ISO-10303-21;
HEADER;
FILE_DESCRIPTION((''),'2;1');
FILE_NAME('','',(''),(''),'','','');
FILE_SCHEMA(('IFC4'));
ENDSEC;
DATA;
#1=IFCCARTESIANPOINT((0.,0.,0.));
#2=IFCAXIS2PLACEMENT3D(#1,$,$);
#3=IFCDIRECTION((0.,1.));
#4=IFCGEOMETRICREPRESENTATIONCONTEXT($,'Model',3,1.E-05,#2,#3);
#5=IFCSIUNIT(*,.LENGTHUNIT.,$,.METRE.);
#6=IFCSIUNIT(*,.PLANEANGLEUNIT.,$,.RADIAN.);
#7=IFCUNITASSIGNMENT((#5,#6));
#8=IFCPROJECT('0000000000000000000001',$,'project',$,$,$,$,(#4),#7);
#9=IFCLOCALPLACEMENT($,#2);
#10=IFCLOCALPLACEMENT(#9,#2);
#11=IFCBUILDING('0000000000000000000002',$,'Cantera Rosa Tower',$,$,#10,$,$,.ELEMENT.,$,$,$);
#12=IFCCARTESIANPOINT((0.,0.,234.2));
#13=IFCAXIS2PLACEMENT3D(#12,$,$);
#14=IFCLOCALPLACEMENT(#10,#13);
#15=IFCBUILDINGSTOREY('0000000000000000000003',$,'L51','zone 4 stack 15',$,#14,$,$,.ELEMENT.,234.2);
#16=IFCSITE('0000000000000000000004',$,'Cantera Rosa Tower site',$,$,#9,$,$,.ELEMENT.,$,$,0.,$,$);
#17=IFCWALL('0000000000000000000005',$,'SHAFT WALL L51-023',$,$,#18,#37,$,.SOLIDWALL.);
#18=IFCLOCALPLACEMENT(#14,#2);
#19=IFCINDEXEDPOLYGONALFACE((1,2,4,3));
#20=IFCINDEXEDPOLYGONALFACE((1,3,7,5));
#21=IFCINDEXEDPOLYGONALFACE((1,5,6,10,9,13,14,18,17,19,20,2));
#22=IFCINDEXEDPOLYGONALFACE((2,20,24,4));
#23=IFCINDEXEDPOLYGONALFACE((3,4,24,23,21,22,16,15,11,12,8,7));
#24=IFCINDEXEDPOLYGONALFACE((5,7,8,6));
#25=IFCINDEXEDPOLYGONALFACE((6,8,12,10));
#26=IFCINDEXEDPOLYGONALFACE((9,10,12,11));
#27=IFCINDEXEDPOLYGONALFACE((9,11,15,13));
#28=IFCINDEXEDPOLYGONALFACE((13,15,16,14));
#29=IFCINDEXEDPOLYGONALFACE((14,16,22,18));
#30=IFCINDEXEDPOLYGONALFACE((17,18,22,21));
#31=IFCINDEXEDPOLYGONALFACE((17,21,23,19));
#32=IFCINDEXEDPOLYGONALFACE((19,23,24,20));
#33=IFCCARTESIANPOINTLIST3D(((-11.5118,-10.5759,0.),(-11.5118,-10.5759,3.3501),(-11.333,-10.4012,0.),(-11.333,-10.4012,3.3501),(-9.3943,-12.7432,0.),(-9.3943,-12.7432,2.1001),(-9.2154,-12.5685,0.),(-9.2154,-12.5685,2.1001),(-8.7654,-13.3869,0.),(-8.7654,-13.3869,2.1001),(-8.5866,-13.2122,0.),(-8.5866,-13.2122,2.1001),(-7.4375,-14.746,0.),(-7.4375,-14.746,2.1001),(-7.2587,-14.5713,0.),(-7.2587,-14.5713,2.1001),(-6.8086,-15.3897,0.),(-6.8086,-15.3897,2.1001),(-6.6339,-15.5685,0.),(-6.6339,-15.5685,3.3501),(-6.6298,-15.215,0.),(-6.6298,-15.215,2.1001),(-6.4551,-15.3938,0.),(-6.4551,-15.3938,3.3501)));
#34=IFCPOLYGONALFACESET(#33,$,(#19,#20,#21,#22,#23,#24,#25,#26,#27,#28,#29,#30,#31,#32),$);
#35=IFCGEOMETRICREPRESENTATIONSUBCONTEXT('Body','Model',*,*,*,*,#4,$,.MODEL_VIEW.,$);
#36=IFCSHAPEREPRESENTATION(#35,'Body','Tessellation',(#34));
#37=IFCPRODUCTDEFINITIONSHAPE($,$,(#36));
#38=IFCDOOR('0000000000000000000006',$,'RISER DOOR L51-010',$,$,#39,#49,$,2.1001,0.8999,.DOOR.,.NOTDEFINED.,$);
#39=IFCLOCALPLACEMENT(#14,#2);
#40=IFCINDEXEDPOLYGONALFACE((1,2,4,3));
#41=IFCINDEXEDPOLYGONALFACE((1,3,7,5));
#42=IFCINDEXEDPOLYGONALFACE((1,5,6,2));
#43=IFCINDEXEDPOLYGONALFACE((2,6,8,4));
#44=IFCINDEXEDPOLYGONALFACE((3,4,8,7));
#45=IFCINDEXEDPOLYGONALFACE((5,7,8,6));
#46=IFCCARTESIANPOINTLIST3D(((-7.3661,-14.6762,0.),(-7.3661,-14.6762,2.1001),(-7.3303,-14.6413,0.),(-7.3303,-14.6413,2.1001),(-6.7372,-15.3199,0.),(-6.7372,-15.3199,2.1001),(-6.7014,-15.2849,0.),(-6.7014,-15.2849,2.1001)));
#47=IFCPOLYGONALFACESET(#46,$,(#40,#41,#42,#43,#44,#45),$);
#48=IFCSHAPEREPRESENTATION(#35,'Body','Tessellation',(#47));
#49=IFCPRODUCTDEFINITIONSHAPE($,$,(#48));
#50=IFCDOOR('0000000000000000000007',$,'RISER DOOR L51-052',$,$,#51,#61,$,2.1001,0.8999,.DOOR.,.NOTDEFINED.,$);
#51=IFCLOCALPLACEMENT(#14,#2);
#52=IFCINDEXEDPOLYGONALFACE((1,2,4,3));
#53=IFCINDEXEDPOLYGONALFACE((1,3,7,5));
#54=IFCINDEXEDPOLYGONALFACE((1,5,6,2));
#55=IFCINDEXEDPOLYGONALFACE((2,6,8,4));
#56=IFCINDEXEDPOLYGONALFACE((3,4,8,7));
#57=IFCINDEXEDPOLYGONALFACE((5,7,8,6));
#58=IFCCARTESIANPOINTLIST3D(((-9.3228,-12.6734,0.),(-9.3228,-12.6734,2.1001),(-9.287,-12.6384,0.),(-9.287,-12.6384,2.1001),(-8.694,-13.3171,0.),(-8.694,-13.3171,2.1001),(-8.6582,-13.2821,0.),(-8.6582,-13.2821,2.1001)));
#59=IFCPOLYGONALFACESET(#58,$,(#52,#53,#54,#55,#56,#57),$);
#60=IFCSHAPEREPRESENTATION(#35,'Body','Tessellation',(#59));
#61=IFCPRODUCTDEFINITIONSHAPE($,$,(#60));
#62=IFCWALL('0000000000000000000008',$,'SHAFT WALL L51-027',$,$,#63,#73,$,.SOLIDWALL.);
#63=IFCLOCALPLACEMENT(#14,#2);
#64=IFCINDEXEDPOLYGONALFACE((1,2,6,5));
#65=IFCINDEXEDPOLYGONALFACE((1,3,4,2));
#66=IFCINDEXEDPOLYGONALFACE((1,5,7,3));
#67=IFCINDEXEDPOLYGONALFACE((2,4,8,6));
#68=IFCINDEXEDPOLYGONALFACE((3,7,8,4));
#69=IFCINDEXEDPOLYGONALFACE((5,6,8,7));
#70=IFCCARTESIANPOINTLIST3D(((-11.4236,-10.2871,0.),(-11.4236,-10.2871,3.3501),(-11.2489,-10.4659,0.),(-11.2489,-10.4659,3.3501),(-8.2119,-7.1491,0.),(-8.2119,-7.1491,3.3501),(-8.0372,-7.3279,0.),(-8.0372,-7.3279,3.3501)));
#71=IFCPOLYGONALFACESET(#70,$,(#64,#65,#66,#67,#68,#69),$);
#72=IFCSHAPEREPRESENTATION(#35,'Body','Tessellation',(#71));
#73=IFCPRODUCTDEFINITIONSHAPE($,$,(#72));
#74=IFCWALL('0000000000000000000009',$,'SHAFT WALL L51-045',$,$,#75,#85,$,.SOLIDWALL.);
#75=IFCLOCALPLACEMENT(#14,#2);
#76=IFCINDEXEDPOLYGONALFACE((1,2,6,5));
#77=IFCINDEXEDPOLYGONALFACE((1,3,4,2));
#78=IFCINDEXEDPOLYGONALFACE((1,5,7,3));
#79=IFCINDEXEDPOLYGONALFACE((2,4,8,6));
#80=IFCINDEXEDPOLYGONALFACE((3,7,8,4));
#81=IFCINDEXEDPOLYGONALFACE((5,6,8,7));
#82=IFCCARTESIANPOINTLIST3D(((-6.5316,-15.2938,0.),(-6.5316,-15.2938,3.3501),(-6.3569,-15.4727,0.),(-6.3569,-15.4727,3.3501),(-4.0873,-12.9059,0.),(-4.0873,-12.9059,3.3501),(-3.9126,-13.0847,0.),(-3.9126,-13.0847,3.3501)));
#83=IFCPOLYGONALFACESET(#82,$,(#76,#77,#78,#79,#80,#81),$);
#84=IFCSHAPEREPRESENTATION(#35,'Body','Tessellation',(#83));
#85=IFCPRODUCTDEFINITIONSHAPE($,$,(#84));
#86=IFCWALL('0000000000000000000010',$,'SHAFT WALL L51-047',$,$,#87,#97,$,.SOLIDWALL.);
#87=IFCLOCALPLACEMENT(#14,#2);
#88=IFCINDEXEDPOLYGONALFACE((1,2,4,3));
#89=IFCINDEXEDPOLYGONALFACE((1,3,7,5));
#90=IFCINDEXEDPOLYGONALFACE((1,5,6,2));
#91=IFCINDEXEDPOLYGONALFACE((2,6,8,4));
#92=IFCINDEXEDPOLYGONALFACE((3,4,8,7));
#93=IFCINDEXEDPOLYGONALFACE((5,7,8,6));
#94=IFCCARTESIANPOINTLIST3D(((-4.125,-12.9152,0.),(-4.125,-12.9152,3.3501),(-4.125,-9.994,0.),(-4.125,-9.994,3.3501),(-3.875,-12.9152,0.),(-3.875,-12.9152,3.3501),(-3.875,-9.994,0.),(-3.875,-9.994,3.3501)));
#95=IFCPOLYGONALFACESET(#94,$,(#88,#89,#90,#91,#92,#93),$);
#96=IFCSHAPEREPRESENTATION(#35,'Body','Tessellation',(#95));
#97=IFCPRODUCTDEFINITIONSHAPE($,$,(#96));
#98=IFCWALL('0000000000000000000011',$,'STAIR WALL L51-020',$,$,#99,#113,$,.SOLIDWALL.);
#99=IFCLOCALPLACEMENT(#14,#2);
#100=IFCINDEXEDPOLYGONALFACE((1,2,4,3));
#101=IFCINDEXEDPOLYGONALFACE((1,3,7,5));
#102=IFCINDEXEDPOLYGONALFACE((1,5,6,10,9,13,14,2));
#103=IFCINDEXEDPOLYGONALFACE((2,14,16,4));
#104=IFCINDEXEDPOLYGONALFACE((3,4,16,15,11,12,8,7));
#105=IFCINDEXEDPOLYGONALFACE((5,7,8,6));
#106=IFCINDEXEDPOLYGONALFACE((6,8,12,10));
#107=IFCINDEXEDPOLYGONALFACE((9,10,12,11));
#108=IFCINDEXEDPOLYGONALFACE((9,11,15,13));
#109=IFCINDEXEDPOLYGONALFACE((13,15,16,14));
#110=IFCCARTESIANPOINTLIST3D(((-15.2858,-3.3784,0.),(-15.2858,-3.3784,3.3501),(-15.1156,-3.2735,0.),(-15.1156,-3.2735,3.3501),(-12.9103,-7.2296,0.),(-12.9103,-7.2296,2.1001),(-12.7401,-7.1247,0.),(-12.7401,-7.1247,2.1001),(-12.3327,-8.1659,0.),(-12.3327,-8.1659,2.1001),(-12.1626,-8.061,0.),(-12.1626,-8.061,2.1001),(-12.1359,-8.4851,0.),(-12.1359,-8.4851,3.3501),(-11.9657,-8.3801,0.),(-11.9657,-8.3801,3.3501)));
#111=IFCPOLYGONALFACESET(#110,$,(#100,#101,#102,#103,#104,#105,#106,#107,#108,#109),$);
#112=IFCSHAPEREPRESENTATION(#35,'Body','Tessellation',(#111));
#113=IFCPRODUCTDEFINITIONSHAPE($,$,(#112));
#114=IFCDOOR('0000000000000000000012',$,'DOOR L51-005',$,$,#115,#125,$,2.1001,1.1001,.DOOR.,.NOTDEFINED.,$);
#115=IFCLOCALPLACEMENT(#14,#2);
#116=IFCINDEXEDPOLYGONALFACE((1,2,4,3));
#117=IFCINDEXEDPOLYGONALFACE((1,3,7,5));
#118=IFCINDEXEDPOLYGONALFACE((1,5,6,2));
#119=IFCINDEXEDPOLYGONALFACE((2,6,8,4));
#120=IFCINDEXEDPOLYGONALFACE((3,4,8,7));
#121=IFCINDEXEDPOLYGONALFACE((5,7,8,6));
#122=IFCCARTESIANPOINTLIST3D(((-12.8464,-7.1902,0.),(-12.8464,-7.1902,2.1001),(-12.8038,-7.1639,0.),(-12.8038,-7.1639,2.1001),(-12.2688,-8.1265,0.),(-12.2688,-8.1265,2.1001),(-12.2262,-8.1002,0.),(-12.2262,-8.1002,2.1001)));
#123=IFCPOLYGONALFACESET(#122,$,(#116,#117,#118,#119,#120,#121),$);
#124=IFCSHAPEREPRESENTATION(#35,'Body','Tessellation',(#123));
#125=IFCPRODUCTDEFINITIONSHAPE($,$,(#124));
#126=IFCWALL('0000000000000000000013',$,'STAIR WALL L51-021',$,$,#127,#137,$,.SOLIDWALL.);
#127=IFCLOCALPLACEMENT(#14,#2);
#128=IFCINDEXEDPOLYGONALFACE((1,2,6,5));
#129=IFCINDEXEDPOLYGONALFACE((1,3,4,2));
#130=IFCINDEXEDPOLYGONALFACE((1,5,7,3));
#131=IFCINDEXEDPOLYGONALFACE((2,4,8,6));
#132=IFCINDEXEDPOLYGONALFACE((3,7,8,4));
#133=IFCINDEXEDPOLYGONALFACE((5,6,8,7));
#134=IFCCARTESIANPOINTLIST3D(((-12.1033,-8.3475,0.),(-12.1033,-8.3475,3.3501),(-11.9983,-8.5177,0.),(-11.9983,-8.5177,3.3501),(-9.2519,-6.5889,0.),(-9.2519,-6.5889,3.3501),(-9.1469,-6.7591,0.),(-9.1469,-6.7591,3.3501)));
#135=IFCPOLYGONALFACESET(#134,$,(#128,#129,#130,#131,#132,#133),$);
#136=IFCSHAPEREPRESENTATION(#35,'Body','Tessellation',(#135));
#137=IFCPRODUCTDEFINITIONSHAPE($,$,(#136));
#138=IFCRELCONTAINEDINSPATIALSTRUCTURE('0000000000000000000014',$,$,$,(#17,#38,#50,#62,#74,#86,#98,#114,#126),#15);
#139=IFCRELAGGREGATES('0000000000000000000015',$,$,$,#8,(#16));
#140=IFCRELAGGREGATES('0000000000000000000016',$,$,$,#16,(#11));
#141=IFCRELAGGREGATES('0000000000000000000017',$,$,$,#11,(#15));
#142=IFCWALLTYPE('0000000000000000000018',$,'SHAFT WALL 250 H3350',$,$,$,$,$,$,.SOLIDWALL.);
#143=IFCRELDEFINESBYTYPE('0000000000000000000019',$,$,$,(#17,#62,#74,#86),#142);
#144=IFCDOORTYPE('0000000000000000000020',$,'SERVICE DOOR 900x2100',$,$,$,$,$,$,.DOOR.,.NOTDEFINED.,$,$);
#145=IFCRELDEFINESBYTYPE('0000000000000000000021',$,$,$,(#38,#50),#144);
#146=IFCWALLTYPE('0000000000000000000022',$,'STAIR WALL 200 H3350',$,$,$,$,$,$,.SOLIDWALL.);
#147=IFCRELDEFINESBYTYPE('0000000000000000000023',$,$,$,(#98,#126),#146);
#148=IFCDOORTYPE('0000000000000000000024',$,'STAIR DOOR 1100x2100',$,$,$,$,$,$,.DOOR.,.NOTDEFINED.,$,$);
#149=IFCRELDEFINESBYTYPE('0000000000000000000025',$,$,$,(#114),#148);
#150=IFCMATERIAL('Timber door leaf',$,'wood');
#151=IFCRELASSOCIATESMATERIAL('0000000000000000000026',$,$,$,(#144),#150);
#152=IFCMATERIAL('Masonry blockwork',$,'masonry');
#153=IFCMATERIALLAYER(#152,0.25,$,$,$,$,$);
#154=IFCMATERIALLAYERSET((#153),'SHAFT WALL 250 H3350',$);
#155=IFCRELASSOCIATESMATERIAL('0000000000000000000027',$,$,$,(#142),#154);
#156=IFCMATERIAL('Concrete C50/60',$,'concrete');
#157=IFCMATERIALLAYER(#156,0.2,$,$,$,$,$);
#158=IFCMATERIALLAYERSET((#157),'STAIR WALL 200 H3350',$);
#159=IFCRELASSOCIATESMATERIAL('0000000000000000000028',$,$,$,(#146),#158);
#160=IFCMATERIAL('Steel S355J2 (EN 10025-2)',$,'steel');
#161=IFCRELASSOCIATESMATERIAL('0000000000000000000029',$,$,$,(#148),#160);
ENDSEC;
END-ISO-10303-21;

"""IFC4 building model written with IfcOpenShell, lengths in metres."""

from ifc_helpers import new_model, si_unit, direction, frame, frame_2d, origin, place, context, subcontext, project, spatial, rectangle, extrude, material, layer, layer_set, type_object, element, fill, save


model = new_model("IFC4")

# Units and contexts
model_context = context("Model", 3, precision=1e-05, world=origin(), true_north=direction((0.0, 1.0)))
body_context = subcontext(model_context, "Body", "Model", "MODEL_VIEW")
ifc_project = project(units=[si_unit("LENGTHUNIT", "METRE"), si_unit("PLANEANGLEUNIT", "RADIAN")], contexts=[model_context])

# Site, building, storey
site_placement = place(None, origin())
site = spatial("IfcSite", under=ifc_project, at=site_placement, Name="Cantera Rosa Tower site", CompositionType="ELEMENT", RefElevation=0.0)
building_placement = place(site_placement, origin())
building = spatial("IfcBuilding", under=site, at=building_placement, Name="Cantera Rosa Tower", CompositionType="ELEMENT")
storey_placement = place(building_placement, frame((0.0, 0.0, 234.2)))
storey = spatial("IfcBuildingStorey", under=building, at=storey_placement, Name="L51", Description="zone 4 stack 15", CompositionType="ELEMENT", Elevation=234.2)

# Shared definitions
ifc_material_1 = material(Name="Timber door leaf", Category="wood")
door_type_1 = type_object("IfcDoorType", Name="SERVICE DOOR 900x2100", OperationType="NOTDEFINED", PredefinedType="DOOR", material=ifc_material_1)

# Wall, openings, doors
ifc_material_2 = material(Name="Masonry blockwork", Category="masonry")
ifc_layer_1 = layer(ifc_material_2, 0.25)
ifc_layer_set_1 = layer_set([ifc_layer_1], Name="SHAFT WALL 250 H3350")
wall_type_1 = type_object("IfcWallType", Name="SHAFT WALL 250 H3350", PredefinedType="SOLIDWALL", material=ifc_layer_set_1)
wall_1_placement = place(storey_placement, frame((-11.4224, -10.4885, 0.0), z_axis=(0.0, 0.0, 1.0), x_axis=(0.698839, -0.715279, 0.0)))
wall_1 = element("IfcWall", 1, at=wall_1_placement, inside=storey, type_object=wall_type_1, Name="SHAFT WALL L51-023", PredefinedType="SOLIDWALL", context=body_context, shape_type="SweptSolid", body=[
    extrude(rectangle(XDim=6.98, YDim=0.25, at=frame_2d((3.49, 0.0))), origin(), (0.0, 0.0, 1.0), 3.3501),
])
opening_1_placement = place(wall_1_placement, frame((5.8301, 0.0, 0.0)))
opening_1 = element("IfcOpeningElement", 2, at=opening_1_placement, cuts=wall_1, PredefinedType="OPENING", context=body_context, shape_type="SweptSolid", body=[
    extrude(rectangle(XDim=0.8999, YDim=2.1001, at=frame_2d((0.45, 1.05))), frame((0.0, 0.135, 0.0), z_axis=(0.0, -1.0, 0.0), x_axis=(1.0, 0.0, 0.0)), (0.0, 0.0, 1.0), 0.27),
])
opening_2_placement = place(wall_1_placement, frame((3.03, 0.0, 0.0)))
opening_2 = element("IfcOpeningElement", 3, at=opening_2_placement, cuts=wall_1, PredefinedType="OPENING", context=body_context, shape_type="SweptSolid", body=[
    extrude(rectangle(XDim=0.8999, YDim=2.1001, at=frame_2d((0.45, 1.05))), frame((0.0, 0.135, 0.0), z_axis=(0.0, -1.0, 0.0), x_axis=(1.0, 0.0, 0.0)), (0.0, 0.0, 1.0), 0.27),
])
door_1_placement = place(opening_1_placement, origin())
door_1 = element("IfcDoor", 4, at=door_1_placement, inside=storey, type_object=door_type_1, Name="RISER DOOR L51-010", OperationType="NOTDEFINED", OverallHeight=2.1001, OverallWidth=0.8999, PredefinedType="DOOR", context=body_context, shape_type="SweptSolid", body=[
    extrude(rectangle(XDim=0.8999, YDim=2.1001, at=frame_2d((0.45, 1.05))), frame((0.0, 0.0249, 0.0), z_axis=(0.0, -1.0, 0.0), x_axis=(1.0, 0.0, 0.0)), (0.0, 0.0, 1.0), 0.05),
])
fill(opening_1, door_1)
door_2_placement = place(opening_2_placement, origin())
door_2 = element("IfcDoor", 5, at=door_2_placement, inside=storey, type_object=door_type_1, Name="RISER DOOR L51-052", OperationType="NOTDEFINED", OverallHeight=2.1001, OverallWidth=0.8999, PredefinedType="DOOR", context=body_context, shape_type="SweptSolid", body=[
    extrude(rectangle(XDim=0.8999, YDim=2.1001, at=frame_2d((0.45, 1.05))), frame((0.0, 0.0249, 0.0), z_axis=(0.0, -1.0, 0.0), x_axis=(1.0, 0.0, 0.0)), (0.0, 0.0, 1.0), 0.05),
])
fill(opening_2, door_2)

# Walls
wall_2_placement = place(storey_placement, frame((-8.1245, -7.2385, 0.0), z_axis=(0.0, 0.0, 1.0), x_axis=(-0.715269, -0.698849, 0.0)))
element("IfcWall", 6, at=wall_2_placement, inside=storey, type_object=wall_type_1, Name="SHAFT WALL L51-027", PredefinedType="SOLIDWALL", context=body_context, shape_type="SweptSolid", body=[
    extrude(rectangle(XDim=4.4902, YDim=0.25, at=frame_2d((2.2451, 0.0))), origin(), (0.0, 0.0, 1.0), 3.3501),
])
wall_3_placement = place(storey_placement, frame((-4.0, -12.9954, 0.0), z_axis=(0.0, 0.0, 1.0), x_axis=(-0.715311, -0.698807, 0.0)))
element("IfcWall", 7, at=wall_3_placement, inside=storey, type_object=wall_type_1, Name="SHAFT WALL L51-045", PredefinedType="SOLIDWALL", context=body_context, shape_type="SweptSolid", body=[
    extrude(rectangle(XDim=3.4172, YDim=0.25, at=frame_2d((1.7085, 0.0))), origin(), (0.0, 0.0, 1.0), 3.3501),
])
wall_4_placement = place(storey_placement, frame((-4.0, -9.9941, 0.0), z_axis=(0.0, 0.0, 1.0), x_axis=(0.0, -1.0, 0.0)))
element("IfcWall", 8, at=wall_4_placement, inside=storey, type_object=wall_type_1, Name="SHAFT WALL L51-047", PredefinedType="SOLIDWALL", context=body_context, shape_type="SweptSolid", body=[
    extrude(rectangle(XDim=2.9211, YDim=0.25, at=frame_2d((1.4604, 0.0))), origin(), (0.0, 0.0, 1.0), 3.3501),
])

# Wall, opening, door
ifc_material_3 = material(Name="Concrete C50/60", Category="concrete")
ifc_layer_2 = layer(ifc_material_3, 0.2)
ifc_layer_set_2 = layer_set([ifc_layer_2], Name="STAIR WALL 200 H3350")
wall_type_2 = type_object("IfcWallType", Name="STAIR WALL 200 H3350", PredefinedType="SOLIDWALL", material=ifc_layer_set_2)
wall_5_placement = place(storey_placement, frame((-12.0508, -8.4326, 0.0), z_axis=(0.0, 0.0, 1.0), x_axis=(-0.524983, 0.851113, 0.0)))
wall_5 = element("IfcWall", 9, at=wall_5_placement, inside=storey, type_object=wall_type_2, Name="STAIR WALL L51-020", PredefinedType="SOLIDWALL", context=body_context, shape_type="SweptSolid", body=[
    extrude(rectangle(XDim=6.0, YDim=0.2, at=frame_2d((3.0, 0.0))), origin(), (0.0, 0.0, 1.0), 3.3501),
])
opening_3_placement = place(wall_5_placement, frame((0.375, 0.0, 0.0)))
opening_3 = element("IfcOpeningElement", 10, at=opening_3_placement, cuts=wall_5, PredefinedType="OPENING", context=body_context, shape_type="SweptSolid", body=[
    extrude(rectangle(XDim=1.1001, YDim=2.1001, at=frame_2d((0.55, 1.05))), frame((0.0, 0.1099, 0.0), z_axis=(0.0, -1.0, 0.0), x_axis=(1.0, 0.0, 0.0)), (0.0, 0.0, 1.0), 0.22),
])
ifc_material_4 = material(Name="Steel S355J2 (EN 10025-2)", Category="steel")
door_type_2 = type_object("IfcDoorType", Name="STAIR DOOR 1100x2100", OperationType="NOTDEFINED", PredefinedType="DOOR", material=ifc_material_4)
door_3_placement = place(opening_3_placement, origin())
door_3 = element("IfcDoor", 11, at=door_3_placement, inside=storey, type_object=door_type_2, Name="DOOR L51-005", OperationType="NOTDEFINED", OverallHeight=2.1001, OverallWidth=1.1001, PredefinedType="DOOR", context=body_context, shape_type="SweptSolid", body=[
    extrude(rectangle(XDim=1.1001, YDim=2.1001, at=frame_2d((0.55, 1.05))), frame((0.0, 0.0249, 0.0), z_axis=(0.0, -1.0, 0.0), x_axis=(1.0, 0.0, 0.0)), (0.0, 0.0, 1.0), 0.05),
])
fill(opening_3, door_3)

# Wall
wall_6_placement = place(storey_placement, frame((-12.0508, -8.4326, 0.0), z_axis=(0.0, 0.0, 1.0), x_axis=(0.85114, 0.524939, 0.0)))
element("IfcWall", 12, at=wall_6_placement, inside=storey, type_object=wall_type_2, Name="STAIR WALL L51-021", PredefinedType="SOLIDWALL", context=body_context, shape_type="SweptSolid", body=[
    extrude(rectangle(XDim=3.3501, YDim=0.2, at=frame_2d((1.675, 0.0))), origin(), (0.0, 0.0, 1.0), 3.3501),
])

save(model, "model.ifc")
